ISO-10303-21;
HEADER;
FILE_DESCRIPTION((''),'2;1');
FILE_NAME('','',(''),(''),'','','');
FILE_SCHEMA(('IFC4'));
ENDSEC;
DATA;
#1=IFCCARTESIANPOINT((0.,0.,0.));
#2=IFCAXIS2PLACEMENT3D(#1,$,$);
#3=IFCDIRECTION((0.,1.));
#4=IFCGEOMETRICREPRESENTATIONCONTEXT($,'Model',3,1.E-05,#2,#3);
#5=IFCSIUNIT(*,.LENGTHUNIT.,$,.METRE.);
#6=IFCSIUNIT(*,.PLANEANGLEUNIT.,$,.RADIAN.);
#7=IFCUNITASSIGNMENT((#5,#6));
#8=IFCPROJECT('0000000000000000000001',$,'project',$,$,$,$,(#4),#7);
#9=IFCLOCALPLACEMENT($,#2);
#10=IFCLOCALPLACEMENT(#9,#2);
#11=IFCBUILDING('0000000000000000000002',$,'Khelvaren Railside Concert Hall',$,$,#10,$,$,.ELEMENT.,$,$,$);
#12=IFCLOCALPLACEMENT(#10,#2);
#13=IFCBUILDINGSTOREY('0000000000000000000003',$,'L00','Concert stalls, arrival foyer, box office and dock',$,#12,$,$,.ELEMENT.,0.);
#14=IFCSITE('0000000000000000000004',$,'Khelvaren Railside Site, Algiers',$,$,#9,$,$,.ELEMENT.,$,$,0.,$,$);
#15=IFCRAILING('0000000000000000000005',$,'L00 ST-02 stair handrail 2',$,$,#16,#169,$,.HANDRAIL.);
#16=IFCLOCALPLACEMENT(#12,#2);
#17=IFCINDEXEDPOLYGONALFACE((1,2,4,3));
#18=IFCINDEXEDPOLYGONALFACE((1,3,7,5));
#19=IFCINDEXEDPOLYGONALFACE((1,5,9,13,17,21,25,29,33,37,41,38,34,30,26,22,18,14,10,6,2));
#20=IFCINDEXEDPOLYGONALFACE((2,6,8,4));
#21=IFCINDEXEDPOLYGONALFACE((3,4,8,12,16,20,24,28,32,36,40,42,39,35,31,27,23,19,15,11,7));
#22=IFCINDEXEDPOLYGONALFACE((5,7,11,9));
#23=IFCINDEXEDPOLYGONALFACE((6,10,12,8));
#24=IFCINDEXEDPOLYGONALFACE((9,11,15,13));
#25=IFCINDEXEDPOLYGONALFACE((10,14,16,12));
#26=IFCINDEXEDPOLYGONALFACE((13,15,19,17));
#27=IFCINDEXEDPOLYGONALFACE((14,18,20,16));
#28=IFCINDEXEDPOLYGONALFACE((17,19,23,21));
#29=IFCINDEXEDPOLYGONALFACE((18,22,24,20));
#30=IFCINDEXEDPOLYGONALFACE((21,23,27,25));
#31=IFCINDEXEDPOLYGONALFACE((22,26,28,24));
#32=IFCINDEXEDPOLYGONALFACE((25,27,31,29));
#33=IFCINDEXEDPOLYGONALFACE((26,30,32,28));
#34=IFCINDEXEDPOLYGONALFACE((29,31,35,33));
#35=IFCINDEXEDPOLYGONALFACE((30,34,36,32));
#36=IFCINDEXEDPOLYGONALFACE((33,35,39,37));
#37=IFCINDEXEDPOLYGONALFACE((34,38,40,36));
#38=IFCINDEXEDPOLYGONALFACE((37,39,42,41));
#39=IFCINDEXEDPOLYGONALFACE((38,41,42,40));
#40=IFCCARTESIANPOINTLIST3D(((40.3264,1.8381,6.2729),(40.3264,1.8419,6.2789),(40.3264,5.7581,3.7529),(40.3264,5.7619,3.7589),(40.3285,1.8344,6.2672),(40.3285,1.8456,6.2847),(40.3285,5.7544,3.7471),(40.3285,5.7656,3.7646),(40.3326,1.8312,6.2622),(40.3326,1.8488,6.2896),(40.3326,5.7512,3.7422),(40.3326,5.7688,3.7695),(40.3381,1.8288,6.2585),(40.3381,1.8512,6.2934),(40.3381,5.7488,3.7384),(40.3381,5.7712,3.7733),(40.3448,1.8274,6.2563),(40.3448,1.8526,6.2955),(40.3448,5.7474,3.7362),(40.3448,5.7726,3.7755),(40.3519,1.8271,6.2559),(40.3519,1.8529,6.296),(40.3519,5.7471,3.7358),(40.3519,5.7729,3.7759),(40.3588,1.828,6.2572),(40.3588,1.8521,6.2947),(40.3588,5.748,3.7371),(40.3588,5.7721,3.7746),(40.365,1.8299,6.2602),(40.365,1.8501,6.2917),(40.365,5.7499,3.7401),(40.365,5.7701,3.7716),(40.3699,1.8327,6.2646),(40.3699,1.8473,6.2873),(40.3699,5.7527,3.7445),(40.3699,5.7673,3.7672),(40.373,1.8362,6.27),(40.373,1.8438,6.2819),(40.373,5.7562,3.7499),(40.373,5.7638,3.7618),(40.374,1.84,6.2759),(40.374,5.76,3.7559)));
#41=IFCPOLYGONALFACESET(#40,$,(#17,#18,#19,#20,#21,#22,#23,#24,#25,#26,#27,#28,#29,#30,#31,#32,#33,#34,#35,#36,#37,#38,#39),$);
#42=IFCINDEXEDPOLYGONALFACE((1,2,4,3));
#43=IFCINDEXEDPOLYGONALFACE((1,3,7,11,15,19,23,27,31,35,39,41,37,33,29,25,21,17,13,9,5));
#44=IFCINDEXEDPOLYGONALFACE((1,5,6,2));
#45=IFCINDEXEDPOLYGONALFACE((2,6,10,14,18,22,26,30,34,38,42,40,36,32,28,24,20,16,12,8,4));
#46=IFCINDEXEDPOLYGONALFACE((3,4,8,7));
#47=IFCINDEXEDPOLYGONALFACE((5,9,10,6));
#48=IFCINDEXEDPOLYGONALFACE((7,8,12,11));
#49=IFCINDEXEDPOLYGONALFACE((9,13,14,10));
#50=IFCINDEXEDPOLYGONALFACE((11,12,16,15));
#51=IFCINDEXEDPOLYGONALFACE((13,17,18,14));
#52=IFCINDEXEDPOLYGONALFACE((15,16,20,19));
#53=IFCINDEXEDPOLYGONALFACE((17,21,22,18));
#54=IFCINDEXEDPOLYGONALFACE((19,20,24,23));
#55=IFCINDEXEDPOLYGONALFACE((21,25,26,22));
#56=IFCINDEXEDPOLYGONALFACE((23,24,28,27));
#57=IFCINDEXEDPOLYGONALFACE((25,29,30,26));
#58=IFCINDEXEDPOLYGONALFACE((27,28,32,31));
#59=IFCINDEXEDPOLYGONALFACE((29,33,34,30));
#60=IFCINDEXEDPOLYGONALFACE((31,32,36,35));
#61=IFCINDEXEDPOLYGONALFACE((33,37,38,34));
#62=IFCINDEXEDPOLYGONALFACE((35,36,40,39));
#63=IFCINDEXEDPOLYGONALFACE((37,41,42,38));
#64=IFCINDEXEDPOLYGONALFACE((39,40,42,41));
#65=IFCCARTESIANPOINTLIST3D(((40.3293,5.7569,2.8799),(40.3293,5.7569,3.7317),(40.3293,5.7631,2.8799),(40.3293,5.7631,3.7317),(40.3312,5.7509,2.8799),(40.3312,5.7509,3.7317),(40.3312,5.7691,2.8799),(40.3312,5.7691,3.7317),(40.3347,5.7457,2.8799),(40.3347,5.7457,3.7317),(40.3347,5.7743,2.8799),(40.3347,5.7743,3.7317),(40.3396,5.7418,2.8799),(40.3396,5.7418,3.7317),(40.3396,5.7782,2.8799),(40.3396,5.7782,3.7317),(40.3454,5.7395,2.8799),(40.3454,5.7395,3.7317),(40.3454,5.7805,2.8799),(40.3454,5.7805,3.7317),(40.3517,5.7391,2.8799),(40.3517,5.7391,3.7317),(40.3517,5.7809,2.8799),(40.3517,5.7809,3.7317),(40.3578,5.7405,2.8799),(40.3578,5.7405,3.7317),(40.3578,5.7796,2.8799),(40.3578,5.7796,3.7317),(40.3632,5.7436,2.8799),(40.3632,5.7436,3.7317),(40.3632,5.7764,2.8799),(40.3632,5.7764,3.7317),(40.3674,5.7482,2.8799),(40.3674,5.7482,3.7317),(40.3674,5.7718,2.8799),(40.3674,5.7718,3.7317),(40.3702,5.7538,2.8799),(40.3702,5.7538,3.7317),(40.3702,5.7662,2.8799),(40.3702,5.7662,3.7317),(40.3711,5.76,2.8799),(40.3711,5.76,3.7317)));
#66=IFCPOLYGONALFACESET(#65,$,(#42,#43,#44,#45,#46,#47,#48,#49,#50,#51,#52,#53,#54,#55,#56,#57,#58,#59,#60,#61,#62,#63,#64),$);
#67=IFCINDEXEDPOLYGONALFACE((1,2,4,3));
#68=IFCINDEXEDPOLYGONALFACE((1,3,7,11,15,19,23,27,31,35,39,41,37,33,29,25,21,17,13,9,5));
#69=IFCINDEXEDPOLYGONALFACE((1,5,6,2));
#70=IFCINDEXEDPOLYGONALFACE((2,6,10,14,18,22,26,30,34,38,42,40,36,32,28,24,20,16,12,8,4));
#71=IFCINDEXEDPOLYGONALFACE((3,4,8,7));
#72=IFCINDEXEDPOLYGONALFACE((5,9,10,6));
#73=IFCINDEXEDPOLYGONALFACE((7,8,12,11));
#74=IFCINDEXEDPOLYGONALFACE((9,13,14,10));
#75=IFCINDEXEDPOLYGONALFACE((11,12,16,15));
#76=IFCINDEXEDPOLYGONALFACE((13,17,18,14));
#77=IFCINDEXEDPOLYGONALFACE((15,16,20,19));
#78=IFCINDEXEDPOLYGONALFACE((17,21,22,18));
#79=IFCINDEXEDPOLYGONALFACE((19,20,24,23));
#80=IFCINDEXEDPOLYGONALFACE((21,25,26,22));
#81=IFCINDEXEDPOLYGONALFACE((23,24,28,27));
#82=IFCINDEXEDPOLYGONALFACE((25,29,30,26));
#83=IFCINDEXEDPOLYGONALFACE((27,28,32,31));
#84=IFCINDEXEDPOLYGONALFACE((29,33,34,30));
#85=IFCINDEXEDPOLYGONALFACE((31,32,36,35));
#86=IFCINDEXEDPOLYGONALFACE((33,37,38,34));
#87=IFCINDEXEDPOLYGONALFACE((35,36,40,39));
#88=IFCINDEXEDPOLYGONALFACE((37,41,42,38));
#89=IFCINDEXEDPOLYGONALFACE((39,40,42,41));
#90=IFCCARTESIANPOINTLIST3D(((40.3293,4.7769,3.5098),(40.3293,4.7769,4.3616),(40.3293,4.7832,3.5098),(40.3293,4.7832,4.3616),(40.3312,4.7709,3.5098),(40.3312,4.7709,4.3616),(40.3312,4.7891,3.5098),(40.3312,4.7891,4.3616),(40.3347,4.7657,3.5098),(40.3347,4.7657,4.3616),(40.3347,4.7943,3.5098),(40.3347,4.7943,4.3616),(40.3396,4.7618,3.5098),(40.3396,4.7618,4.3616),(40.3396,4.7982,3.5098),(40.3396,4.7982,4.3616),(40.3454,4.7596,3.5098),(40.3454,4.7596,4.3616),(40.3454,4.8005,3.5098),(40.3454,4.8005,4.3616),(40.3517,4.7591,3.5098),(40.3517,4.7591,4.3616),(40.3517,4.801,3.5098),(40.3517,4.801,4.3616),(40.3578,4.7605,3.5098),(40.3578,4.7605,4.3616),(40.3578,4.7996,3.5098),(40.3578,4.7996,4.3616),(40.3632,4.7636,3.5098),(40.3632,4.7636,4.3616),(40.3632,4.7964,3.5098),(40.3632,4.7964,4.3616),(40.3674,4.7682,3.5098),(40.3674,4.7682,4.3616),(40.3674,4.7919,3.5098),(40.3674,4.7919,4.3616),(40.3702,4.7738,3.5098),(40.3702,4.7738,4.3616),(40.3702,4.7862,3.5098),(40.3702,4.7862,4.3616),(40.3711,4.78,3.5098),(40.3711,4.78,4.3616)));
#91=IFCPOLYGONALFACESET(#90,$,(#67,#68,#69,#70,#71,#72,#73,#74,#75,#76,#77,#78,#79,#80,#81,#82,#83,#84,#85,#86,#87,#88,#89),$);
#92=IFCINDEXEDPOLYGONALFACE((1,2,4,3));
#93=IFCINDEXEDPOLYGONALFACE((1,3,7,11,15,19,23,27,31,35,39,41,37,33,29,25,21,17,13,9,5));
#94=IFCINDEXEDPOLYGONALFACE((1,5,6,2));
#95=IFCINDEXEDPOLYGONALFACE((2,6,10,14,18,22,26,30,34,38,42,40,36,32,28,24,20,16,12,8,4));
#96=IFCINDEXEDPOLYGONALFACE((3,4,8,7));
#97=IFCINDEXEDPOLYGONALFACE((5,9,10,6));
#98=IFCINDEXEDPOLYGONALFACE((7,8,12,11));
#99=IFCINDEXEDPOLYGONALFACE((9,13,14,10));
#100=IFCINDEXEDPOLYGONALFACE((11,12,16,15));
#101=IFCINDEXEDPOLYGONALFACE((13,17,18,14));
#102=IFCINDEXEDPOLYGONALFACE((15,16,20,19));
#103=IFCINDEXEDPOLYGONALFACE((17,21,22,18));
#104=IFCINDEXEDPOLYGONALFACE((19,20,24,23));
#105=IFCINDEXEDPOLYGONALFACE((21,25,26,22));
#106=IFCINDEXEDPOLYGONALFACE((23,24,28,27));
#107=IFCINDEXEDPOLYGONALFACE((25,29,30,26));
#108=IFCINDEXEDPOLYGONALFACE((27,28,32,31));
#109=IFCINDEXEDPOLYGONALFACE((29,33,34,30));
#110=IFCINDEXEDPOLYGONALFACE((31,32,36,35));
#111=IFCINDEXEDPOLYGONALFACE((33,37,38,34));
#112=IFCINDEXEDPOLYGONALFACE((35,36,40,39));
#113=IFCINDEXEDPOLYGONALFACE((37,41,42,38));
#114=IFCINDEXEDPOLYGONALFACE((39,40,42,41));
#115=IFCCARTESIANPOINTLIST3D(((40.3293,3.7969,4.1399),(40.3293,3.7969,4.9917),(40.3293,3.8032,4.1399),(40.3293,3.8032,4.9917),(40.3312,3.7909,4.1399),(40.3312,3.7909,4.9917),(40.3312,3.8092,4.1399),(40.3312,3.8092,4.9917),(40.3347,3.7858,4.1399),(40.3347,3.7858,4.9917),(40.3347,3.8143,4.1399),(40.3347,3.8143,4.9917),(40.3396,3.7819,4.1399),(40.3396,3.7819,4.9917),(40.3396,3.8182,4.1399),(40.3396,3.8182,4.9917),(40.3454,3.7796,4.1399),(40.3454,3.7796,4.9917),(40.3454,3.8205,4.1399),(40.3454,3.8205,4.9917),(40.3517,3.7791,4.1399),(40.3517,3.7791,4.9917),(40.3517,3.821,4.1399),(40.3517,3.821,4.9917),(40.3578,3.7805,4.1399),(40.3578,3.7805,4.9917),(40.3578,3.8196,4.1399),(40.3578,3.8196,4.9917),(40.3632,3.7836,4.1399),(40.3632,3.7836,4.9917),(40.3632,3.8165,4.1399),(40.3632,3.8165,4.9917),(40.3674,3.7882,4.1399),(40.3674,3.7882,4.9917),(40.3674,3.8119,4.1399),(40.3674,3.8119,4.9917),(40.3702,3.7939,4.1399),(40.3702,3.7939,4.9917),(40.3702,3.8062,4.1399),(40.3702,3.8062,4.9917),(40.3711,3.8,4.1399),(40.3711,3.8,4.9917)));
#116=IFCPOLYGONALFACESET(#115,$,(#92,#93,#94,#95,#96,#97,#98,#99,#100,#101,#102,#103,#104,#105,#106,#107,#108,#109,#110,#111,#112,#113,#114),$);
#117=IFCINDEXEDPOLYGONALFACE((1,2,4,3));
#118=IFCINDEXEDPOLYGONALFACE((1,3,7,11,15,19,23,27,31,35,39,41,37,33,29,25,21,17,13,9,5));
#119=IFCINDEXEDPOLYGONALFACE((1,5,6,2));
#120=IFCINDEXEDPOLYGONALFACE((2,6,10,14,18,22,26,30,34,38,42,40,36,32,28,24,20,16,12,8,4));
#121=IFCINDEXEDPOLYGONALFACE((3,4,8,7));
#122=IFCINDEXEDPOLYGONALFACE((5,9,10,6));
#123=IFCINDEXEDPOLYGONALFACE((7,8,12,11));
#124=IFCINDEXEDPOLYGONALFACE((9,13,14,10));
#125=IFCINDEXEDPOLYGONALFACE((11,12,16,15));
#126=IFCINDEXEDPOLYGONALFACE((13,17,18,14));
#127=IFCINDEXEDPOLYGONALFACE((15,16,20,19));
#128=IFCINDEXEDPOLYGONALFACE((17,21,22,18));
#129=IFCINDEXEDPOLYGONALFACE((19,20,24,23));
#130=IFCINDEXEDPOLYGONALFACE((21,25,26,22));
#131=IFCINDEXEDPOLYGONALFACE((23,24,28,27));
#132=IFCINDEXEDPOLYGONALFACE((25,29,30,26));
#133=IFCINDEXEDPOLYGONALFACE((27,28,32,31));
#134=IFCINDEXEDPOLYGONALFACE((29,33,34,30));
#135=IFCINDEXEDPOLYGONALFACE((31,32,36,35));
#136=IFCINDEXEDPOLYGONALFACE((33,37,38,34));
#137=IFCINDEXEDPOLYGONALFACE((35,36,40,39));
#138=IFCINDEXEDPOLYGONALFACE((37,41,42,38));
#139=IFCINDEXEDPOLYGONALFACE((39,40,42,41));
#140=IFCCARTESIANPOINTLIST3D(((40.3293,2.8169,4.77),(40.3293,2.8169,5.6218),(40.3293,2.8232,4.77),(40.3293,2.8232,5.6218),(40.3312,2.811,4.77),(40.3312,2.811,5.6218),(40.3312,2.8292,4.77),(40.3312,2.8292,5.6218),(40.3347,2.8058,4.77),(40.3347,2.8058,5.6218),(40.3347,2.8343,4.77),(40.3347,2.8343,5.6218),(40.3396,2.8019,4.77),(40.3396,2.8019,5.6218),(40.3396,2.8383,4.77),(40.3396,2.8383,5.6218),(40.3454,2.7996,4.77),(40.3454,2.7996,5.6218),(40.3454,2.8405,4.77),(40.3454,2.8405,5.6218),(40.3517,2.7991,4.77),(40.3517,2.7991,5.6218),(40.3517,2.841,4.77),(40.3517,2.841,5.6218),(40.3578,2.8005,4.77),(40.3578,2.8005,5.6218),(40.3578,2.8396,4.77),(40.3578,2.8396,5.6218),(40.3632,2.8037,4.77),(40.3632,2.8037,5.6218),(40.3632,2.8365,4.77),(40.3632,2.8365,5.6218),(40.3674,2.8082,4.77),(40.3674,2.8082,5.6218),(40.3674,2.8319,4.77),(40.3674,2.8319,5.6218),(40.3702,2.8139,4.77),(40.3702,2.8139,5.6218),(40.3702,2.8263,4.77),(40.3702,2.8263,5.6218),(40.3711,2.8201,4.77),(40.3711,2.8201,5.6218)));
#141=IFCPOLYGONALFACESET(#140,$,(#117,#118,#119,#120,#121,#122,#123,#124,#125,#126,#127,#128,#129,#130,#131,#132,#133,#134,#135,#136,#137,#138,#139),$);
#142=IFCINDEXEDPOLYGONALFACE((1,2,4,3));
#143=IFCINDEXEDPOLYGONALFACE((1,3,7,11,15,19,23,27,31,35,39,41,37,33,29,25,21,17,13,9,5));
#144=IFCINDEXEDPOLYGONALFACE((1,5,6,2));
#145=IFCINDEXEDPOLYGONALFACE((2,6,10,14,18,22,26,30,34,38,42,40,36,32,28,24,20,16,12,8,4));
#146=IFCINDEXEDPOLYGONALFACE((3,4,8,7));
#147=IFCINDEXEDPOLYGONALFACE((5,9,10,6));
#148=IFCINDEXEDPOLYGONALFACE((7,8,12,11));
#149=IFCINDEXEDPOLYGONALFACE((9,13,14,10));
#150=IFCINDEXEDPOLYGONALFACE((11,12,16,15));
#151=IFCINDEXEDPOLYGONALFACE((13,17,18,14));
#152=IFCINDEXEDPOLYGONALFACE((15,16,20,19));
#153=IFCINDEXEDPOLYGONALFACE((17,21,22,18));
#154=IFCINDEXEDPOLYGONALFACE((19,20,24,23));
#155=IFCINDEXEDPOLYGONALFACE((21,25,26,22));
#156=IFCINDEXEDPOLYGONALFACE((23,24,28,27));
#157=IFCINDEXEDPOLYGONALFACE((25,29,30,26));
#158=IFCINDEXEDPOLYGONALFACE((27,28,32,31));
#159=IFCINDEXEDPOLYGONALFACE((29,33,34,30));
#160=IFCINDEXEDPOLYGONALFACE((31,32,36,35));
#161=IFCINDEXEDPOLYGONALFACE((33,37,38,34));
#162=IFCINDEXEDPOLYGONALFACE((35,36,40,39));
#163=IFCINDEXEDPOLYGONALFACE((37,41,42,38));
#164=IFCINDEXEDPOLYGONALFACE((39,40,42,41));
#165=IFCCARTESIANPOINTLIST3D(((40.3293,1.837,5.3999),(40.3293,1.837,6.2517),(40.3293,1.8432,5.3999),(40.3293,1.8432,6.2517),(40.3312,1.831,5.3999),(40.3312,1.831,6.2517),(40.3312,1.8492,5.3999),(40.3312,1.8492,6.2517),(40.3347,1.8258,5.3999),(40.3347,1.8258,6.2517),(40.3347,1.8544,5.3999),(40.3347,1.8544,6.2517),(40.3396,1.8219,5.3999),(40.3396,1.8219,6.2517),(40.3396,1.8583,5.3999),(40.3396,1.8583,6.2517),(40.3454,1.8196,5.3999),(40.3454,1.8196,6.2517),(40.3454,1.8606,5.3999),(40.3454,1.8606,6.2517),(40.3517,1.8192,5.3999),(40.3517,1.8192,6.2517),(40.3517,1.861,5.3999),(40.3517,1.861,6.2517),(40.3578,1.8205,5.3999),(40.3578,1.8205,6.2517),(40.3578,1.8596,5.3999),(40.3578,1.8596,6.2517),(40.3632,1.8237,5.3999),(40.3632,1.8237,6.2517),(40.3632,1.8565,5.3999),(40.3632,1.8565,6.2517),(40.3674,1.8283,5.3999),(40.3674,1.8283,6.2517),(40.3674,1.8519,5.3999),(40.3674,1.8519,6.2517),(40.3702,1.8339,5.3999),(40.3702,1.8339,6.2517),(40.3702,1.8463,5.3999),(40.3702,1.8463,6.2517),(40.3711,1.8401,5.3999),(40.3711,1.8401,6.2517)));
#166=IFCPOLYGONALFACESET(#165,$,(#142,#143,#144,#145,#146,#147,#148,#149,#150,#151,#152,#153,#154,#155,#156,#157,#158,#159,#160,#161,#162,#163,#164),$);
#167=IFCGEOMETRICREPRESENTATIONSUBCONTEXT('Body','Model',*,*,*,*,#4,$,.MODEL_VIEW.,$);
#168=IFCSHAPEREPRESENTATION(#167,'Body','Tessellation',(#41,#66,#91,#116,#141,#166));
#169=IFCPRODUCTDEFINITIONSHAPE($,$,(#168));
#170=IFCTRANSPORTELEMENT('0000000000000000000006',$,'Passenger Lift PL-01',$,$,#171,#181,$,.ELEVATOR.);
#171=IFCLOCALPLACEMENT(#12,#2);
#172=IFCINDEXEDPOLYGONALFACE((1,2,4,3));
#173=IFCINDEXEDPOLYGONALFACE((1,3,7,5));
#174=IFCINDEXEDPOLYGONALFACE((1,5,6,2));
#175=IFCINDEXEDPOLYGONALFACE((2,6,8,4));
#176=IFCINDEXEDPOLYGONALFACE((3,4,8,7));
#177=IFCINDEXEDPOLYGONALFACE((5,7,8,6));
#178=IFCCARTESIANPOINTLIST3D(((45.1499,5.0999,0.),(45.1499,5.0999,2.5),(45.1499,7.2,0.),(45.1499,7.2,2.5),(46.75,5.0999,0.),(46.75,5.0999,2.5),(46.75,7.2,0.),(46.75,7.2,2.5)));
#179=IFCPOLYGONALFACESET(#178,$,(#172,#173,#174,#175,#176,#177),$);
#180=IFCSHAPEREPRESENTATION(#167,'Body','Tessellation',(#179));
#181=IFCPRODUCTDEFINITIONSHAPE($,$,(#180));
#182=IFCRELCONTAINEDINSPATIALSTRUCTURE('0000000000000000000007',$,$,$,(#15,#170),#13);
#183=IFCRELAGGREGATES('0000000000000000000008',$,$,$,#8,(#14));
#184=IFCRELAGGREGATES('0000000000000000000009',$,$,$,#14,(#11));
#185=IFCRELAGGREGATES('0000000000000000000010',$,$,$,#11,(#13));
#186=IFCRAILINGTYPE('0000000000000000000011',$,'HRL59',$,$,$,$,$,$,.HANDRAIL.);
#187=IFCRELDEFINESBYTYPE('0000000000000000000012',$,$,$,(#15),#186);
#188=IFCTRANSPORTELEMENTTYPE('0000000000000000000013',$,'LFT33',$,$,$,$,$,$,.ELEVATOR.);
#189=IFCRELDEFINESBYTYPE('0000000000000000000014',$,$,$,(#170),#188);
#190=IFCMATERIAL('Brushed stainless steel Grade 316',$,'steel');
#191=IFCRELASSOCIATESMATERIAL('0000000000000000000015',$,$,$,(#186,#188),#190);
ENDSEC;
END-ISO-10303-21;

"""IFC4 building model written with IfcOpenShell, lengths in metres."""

from ifc_helpers import new_model, si_unit, direction, frame, origin, origin_2d, place, context, subcontext, project, spatial, rectangle, circle, extrude, material, type_object, element, save


model = new_model("IFC4")

# Units and contexts
model_context = context("Model", 3, precision=1e-05, world=origin(), true_north=direction((0.0, 1.0)))
body_context = subcontext(model_context, "Body", "Model", "MODEL_VIEW")
ifc_project = project(units=[si_unit("LENGTHUNIT", "METRE"), si_unit("PLANEANGLEUNIT", "RADIAN")], contexts=[model_context])

# Site, building, storey
site_placement = place(None, origin())
site = spatial("IfcSite", under=ifc_project, at=site_placement, Name="Khelvaren Railside Site, Algiers", CompositionType="ELEMENT", RefElevation=0.0)
building_placement = place(site_placement, origin())
building = spatial("IfcBuilding", under=site, at=building_placement, Name="Khelvaren Railside Concert Hall", CompositionType="ELEMENT")
storey_placement = place(building_placement, origin())
storey = spatial("IfcBuildingStorey", under=building, at=storey_placement, Name="L00", Description="Concert stalls, arrival foyer, box office and dock", CompositionType="ELEMENT", Elevation=0.0)

# Railing
ifc_material_1 = material(Name="Brushed stainless steel Grade 316", Category="steel")
railing_type_1 = type_object("IfcRailingType", Name="HRL59", PredefinedType="HANDRAIL", material=ifc_material_1)
railing_1_placement = place(storey_placement, frame((40.3501, 5.76, 2.8799)))
element("IfcRailing", 1, at=railing_1_placement, inside=storey, type_object=railing_type_1, Name="L00 ST-02 stair handrail 2", PredefinedType="HANDRAIL", context=body_context, shape_type="SweptSolid", body=[
    extrude(circle(Radius=0.0239, at=origin_2d()), frame((0.0, 0.0, 0.876), z_axis=(0.0, -0.841172, 0.540768), x_axis=(1.0, 0.0, 0.0)), (0.0, 0.0, 1.0), 4.6602),
    extrude(circle(Radius=0.021, at=origin_2d()), origin(), (0.0, 0.0, 1.0), 0.8518),
    extrude(circle(Radius=0.021, at=origin_2d()), frame((0.0, -0.98, 0.6299)), (0.0, 0.0, 1.0), 0.8518),
    extrude(circle(Radius=0.021, at=origin_2d()), frame((0.0, -1.96, 1.26)), (0.0, 0.0, 1.0), 0.8518),
    extrude(circle(Radius=0.021, at=origin_2d()), frame((0.0, -2.9399, 1.8901)), (0.0, 0.0, 1.0), 0.8518),
    extrude(circle(Radius=0.021, at=origin_2d()), frame((0.0, -3.9199, 2.52)), (0.0, 0.0, 1.0), 0.8518),
])

# Transport element
transport_element_type = type_object("IfcTransportElementType", Name="LFT33", PredefinedType="ELEVATOR", material=ifc_material_1)
transport_element_placement = place(storey_placement, frame((45.95, 6.1499, 0.0), z_axis=(0.0, 0.0, 1.0), x_axis=(1.0, 0.0, 0.0)))
element("IfcTransportElement", 2, at=transport_element_placement, inside=storey, type_object=transport_element_type, Name="Passenger Lift PL-01", PredefinedType="ELEVATOR", context=body_context, shape_type="SweptSolid", body=[
    extrude(rectangle(XDim=1.6001, YDim=2.1001, at=origin_2d()), origin(), (0.0, 0.0, 1.0), 2.5),
])

save(model, "model.ifc")
